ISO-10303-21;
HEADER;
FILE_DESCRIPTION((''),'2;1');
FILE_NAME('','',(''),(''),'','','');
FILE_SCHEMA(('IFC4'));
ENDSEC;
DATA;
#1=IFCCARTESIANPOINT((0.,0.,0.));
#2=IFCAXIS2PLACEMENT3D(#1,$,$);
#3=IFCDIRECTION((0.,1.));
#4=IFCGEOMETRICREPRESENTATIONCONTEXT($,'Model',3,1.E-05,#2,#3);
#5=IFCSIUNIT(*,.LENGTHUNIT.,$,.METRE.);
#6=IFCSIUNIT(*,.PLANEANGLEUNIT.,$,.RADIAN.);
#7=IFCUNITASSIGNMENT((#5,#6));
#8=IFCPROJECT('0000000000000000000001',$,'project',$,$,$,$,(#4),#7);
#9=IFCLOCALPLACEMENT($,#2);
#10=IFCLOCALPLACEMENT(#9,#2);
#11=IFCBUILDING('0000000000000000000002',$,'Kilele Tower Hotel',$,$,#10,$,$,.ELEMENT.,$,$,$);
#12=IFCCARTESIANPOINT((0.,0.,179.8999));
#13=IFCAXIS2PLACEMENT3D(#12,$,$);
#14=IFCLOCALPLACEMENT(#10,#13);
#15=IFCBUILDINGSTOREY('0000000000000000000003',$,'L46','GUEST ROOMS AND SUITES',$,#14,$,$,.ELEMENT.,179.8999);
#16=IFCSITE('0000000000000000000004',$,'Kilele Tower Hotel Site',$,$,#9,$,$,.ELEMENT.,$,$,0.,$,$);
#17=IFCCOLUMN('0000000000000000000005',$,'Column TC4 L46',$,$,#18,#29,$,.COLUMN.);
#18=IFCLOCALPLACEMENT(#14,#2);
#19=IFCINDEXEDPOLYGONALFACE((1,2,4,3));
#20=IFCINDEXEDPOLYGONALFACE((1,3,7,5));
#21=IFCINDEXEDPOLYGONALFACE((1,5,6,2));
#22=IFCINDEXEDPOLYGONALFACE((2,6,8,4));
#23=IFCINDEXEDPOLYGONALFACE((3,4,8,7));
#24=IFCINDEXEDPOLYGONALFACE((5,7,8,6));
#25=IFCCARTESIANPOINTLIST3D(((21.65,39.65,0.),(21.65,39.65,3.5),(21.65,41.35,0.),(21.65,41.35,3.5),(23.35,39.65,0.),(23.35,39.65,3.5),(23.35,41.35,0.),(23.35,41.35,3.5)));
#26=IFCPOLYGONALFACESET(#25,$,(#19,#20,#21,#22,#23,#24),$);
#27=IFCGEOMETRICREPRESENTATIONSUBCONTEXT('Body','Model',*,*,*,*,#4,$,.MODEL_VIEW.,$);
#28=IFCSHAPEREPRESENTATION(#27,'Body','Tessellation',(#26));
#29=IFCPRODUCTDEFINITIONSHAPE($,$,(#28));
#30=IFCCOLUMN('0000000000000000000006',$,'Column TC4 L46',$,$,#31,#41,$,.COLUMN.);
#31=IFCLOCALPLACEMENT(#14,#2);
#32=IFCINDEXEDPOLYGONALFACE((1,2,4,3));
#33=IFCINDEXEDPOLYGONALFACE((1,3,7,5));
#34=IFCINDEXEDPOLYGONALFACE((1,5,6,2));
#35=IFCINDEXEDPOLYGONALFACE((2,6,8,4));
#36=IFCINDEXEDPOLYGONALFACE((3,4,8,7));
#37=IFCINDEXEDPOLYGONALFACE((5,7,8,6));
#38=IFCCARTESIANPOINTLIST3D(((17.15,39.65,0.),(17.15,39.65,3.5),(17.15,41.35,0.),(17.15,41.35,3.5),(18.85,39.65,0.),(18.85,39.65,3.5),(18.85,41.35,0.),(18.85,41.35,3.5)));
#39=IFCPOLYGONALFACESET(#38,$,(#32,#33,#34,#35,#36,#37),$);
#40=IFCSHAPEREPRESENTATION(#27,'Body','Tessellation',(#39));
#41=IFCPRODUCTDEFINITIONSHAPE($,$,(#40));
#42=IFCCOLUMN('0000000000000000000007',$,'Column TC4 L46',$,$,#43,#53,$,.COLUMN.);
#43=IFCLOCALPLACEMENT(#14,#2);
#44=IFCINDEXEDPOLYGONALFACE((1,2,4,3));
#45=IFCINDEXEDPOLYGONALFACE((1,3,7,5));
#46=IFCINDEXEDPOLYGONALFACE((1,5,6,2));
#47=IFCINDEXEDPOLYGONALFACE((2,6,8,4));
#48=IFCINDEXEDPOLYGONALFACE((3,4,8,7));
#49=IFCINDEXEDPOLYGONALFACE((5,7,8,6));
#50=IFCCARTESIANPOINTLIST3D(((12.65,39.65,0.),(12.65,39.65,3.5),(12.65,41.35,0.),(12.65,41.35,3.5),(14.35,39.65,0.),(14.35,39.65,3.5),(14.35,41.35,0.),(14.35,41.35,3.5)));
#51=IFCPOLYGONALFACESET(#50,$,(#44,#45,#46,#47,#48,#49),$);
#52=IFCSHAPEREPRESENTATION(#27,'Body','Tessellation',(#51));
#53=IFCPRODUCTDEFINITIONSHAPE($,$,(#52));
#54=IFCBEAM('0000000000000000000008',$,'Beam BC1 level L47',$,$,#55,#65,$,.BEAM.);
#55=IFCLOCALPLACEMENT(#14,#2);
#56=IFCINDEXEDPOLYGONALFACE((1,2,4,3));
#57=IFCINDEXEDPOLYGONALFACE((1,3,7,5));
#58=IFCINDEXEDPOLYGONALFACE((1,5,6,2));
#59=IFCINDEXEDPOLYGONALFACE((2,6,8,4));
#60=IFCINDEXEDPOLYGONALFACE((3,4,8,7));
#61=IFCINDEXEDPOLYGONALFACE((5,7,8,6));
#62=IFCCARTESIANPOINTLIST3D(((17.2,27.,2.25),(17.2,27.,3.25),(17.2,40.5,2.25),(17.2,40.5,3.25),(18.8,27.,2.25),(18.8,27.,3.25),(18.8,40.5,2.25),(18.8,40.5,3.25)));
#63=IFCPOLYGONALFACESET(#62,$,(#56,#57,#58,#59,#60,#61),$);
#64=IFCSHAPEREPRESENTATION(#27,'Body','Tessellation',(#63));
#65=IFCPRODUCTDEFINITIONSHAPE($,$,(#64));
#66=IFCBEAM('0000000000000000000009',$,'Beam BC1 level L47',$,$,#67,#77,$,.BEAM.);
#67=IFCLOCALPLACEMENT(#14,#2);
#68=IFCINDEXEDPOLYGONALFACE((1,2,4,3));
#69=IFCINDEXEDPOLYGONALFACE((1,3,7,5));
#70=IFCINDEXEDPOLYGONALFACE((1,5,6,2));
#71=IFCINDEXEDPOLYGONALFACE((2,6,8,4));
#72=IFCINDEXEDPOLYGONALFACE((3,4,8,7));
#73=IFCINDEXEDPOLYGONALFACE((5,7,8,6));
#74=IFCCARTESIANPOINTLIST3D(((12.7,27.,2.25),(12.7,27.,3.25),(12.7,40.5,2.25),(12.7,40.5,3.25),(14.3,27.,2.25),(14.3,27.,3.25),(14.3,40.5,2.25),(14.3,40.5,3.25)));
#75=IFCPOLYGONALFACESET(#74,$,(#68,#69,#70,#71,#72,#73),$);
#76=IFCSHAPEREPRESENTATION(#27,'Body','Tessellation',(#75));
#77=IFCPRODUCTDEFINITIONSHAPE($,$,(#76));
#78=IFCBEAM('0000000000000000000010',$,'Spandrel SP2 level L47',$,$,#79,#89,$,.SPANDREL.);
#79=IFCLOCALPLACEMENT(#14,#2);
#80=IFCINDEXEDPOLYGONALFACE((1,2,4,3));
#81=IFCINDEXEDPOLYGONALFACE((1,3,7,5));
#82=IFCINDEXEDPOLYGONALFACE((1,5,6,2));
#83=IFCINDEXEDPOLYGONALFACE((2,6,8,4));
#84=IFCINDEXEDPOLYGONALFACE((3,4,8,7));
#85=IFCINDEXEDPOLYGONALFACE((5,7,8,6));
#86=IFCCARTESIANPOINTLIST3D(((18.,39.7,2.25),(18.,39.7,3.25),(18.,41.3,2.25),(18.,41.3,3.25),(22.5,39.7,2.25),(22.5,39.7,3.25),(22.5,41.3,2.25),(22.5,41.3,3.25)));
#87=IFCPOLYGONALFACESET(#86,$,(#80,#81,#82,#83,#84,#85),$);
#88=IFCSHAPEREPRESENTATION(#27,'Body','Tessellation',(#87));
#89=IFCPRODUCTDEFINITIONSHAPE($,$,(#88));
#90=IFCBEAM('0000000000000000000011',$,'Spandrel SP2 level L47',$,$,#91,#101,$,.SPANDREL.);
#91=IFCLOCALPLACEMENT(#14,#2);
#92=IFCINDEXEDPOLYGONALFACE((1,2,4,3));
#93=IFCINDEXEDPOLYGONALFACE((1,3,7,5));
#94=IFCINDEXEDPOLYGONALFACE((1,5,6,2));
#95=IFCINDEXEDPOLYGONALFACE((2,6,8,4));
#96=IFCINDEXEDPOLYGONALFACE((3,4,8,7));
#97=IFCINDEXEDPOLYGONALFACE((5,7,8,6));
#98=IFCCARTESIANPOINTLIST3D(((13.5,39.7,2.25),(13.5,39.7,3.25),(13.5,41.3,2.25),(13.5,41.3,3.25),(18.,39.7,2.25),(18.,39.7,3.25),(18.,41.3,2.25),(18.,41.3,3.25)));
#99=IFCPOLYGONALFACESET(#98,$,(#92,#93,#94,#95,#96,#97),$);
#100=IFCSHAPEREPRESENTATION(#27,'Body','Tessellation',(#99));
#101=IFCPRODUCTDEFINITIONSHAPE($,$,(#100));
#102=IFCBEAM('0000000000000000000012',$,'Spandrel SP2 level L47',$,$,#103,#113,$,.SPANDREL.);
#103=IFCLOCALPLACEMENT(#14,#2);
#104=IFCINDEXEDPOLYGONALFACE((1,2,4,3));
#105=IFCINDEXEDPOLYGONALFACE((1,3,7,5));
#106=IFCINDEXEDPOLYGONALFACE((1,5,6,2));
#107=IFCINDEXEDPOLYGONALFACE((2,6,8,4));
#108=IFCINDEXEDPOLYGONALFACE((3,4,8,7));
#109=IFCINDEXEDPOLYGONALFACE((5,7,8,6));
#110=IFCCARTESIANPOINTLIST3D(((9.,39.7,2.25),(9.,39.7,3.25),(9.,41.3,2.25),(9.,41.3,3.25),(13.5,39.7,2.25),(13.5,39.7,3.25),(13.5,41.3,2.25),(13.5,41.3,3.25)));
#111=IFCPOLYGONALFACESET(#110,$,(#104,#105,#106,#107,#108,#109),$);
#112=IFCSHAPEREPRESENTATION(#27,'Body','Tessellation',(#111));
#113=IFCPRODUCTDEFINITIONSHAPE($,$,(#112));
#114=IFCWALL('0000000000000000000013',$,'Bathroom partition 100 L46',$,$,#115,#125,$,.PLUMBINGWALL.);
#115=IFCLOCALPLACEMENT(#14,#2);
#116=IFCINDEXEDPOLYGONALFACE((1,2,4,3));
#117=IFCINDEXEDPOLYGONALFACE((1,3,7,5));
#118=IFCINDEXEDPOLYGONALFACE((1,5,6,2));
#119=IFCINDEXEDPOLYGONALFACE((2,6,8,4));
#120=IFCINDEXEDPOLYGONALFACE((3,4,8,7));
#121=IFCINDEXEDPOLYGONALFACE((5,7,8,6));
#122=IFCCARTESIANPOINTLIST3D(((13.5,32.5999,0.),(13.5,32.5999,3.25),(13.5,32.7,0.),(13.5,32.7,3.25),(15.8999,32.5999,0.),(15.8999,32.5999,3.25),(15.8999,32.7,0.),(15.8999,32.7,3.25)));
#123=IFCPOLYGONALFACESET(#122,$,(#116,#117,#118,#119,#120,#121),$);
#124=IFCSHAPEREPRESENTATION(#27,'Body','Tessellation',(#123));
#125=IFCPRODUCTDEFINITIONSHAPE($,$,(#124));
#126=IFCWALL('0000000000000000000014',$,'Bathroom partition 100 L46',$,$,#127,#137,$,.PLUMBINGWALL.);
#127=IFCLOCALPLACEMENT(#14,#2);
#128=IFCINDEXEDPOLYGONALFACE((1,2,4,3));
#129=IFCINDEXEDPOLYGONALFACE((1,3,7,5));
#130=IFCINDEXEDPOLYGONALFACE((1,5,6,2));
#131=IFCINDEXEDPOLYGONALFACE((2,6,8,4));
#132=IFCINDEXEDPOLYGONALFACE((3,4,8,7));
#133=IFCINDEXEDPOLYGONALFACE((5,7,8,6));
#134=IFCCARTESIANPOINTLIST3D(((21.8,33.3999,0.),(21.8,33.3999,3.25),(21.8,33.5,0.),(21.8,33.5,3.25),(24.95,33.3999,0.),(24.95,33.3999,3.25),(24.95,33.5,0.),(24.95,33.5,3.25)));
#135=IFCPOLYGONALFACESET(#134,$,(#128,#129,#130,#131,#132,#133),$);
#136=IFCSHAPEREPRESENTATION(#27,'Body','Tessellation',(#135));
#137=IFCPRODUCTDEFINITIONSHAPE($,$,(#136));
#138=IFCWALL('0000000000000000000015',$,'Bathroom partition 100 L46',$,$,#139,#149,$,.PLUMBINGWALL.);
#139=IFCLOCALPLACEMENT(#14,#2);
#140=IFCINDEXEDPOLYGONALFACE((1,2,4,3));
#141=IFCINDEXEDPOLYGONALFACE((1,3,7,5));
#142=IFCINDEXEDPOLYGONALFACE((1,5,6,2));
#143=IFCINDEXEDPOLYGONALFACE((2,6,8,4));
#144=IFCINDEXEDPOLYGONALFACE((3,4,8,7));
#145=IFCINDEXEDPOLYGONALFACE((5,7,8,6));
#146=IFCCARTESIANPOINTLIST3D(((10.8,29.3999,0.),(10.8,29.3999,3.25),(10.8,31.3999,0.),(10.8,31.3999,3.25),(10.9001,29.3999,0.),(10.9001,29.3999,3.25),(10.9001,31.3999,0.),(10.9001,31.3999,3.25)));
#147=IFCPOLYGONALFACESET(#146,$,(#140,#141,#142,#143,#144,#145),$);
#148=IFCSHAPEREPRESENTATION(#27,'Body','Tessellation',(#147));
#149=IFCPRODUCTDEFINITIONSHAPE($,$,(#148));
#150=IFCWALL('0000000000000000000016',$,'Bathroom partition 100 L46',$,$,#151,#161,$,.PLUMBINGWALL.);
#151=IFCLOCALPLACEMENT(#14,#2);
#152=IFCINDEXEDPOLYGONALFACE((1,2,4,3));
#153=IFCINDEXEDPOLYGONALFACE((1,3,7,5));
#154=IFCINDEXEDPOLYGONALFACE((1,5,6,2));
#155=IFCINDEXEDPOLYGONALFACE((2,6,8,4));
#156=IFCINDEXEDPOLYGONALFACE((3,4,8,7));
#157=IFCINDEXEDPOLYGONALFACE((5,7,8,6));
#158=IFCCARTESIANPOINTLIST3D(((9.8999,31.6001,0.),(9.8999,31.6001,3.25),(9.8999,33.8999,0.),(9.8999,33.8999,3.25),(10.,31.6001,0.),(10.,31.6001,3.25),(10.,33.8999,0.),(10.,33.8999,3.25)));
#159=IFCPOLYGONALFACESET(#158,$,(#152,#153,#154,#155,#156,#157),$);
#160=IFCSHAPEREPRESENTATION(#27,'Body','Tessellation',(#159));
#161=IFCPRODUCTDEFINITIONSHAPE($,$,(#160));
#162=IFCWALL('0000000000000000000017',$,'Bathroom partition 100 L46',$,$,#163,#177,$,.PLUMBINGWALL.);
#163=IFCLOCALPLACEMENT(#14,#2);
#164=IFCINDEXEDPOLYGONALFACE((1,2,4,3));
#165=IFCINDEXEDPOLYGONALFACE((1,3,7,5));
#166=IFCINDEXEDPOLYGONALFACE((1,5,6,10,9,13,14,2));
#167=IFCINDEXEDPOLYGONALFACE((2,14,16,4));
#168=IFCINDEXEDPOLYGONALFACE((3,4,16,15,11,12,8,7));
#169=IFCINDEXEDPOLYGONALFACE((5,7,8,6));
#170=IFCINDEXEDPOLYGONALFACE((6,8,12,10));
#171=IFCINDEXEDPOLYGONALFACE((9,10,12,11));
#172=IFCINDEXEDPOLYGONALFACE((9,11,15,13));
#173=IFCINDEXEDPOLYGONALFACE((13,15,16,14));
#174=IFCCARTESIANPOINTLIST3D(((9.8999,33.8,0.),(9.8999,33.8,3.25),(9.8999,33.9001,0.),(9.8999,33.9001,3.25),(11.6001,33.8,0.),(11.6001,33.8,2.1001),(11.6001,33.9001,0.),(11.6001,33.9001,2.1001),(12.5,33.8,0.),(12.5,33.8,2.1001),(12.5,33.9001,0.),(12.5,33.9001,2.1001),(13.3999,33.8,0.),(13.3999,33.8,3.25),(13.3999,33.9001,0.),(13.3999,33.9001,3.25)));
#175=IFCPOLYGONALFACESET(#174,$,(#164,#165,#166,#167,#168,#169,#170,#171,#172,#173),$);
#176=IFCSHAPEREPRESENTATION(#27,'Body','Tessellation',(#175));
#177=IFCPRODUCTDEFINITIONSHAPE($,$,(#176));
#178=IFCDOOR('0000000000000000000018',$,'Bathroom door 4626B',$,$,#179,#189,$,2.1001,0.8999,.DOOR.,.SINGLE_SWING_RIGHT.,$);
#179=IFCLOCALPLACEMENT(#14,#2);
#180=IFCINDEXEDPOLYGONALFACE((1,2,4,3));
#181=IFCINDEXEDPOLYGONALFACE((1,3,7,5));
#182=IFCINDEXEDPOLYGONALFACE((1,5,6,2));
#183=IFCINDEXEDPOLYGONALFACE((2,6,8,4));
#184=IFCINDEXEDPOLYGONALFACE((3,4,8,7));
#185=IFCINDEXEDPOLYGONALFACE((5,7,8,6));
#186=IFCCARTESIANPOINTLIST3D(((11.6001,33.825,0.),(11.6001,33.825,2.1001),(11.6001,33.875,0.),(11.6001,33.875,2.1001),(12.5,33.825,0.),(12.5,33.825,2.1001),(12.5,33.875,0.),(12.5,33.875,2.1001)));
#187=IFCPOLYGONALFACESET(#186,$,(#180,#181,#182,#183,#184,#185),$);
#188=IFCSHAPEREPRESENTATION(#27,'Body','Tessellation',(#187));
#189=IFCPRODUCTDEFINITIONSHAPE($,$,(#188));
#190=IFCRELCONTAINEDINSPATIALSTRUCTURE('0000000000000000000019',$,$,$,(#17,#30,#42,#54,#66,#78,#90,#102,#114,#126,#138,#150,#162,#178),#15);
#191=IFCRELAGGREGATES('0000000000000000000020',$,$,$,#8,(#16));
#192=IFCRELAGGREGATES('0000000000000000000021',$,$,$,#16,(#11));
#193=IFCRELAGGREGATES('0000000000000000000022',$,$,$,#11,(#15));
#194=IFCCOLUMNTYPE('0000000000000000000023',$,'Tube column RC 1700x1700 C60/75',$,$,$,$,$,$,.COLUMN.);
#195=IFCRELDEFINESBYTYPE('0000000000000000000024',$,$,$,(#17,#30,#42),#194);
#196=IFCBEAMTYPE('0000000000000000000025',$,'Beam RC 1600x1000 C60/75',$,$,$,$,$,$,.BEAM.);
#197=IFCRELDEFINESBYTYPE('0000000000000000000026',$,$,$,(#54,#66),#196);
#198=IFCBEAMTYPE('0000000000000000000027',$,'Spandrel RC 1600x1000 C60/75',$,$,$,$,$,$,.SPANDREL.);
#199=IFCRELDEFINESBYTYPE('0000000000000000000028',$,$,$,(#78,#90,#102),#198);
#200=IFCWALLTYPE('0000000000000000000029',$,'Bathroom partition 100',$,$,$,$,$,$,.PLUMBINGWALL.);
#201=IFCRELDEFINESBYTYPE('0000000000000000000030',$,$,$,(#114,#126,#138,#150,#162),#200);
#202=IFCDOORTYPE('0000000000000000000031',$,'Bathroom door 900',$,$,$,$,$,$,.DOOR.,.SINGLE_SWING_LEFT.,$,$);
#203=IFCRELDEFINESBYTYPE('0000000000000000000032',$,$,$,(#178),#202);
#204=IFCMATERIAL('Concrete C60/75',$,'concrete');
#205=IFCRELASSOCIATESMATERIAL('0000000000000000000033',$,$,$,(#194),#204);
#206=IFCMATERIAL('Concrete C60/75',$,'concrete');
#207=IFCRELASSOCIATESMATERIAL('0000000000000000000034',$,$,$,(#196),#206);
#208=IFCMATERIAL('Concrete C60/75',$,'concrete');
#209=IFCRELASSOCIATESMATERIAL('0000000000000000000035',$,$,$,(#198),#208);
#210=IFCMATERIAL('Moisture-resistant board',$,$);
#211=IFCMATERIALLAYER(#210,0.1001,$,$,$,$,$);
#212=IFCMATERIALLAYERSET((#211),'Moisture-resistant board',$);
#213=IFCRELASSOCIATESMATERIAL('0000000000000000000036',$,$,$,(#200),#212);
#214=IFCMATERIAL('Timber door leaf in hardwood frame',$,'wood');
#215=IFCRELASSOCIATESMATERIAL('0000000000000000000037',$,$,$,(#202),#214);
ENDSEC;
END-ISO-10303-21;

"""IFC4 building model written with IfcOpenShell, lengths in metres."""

from ifc_helpers import new_model, si_unit, direction, frame, frame_2d, origin, origin_2d, place, context, subcontext, project, spatial, rectangle, extrude, material, layer, layer_set, material_profile, profile_set, type_object, element, fill, save


model = new_model("IFC4")

# Units and contexts
model_context = context("Model", 3, precision=1e-05, world=origin(), true_north=direction((0.0, 1.0)))
body_context = subcontext(model_context, "Body", "Model", "MODEL_VIEW")
ifc_project = project(units=[si_unit("LENGTHUNIT", "METRE"), si_unit("PLANEANGLEUNIT", "RADIAN")], contexts=[model_context])

# Site, building, storey
site_placement = place(None, origin())
site = spatial("IfcSite", under=ifc_project, at=site_placement, Name="Kilele Tower Hotel Site", CompositionType="ELEMENT", RefElevation=0.0)
building_placement = place(site_placement, origin())
building = spatial("IfcBuilding", under=site, at=building_placement, Name="Kilele Tower Hotel", CompositionType="ELEMENT")
storey_placement = place(building_placement, frame((0.0, 0.0, 179.8999)))
storey = spatial("IfcBuildingStorey", under=building, at=storey_placement, Name="L46", Description="GUEST ROOMS AND SUITES", CompositionType="ELEMENT", Elevation=179.8999)

# Columns
ifc_material_1 = material(Name="Concrete C60/75", Category="concrete")
ifc_material_profile_1 = material_profile(ifc_material_1, rectangle(XDim=1.7, YDim=1.7, at=origin_2d()))
ifc_profile_set_1 = profile_set([ifc_material_profile_1], Name="Concrete C60/75")
column_type = type_object("IfcColumnType", Name="Tube column RC 1700x1700 C60/75", PredefinedType="COLUMN", material=ifc_profile_set_1)
for number, where, z_axis, x_axis, name in (
    (1, (22.5, 40.5, 0.0), (0.0, 0.0, 1.0), (1.0, 0.0, 0.0), "Column TC4 L46"),
    (2, (18.0, 40.5, 0.0), (0.0, 0.0, 1.0), (1.0, 0.0, 0.0), "Column TC4 L46"),
    (3, (13.5, 40.5, 0.0), (0.0, 0.0, 1.0), (1.0, 0.0, 0.0), "Column TC4 L46"),
):
    element("IfcColumn", number, at=place(storey_placement, frame(where, z_axis=z_axis, x_axis=x_axis)), inside=storey, type_object=column_type, Name=name, PredefinedType="COLUMN", context=body_context, shape_type="SweptSolid", body=[
        extrude(rectangle(XDim=1.7, YDim=1.7, at=origin_2d()), origin(), (0.0, 0.0, 1.0), 3.5),
    ])

# Beams
ifc_material_2 = material(Name="Concrete C60/75", Category="concrete")
ifc_material_profile_2 = material_profile(ifc_material_2, rectangle(XDim=1.6001, YDim=1.0, at=origin_2d()))
ifc_profile_set_2 = profile_set([ifc_material_profile_2], Name="Concrete C60/75")
beam_type_1 = type_object("IfcBeamType", Name="Beam RC 1600x1000 C60/75", PredefinedType="BEAM", material=ifc_profile_set_2)
for number, where, z_axis, x_axis, name in (
    (4, (18.0, 40.5, 2.75), (0.0, -1.0, 0.0), (1.0, 0.0, 0.0), "Beam BC1 level L47"),
    (5, (13.5, 40.5, 2.75), (0.0, -1.0, 0.0), (1.0, 0.0, 0.0), "Beam BC1 level L47"),
):
    element("IfcBeam", number, at=place(storey_placement, frame(where, z_axis=z_axis, x_axis=x_axis)), inside=storey, type_object=beam_type_1, Name=name, PredefinedType="BEAM", context=body_context, shape_type="SweptSolid", body=[
        extrude(rectangle(XDim=1.6001, YDim=1.0, at=origin_2d()), origin(), (0.0, 0.0, 1.0), 13.5),
    ])
ifc_material_3 = material(Name="Concrete C60/75", Category="concrete")
ifc_material_profile_3 = material_profile(ifc_material_3, rectangle(XDim=1.6001, YDim=1.0, at=origin_2d()))
ifc_profile_set_3 = profile_set([ifc_material_profile_3], Name="Concrete C60/75")
beam_type_2 = type_object("IfcBeamType", Name="Spandrel RC 1600x1000 C60/75", PredefinedType="SPANDREL", material=ifc_profile_set_3)
for number, where, z_axis, x_axis, name in (
    (6, (22.5, 40.5, 2.75), (-1.0, 0.0, 0.0), (0.0, -1.0, 0.0), "Spandrel SP2 level L47"),
    (7, (18.0, 40.5, 2.75), (-1.0, 0.0, 0.0), (0.0, -1.0, 0.0), "Spandrel SP2 level L47"),
    (8, (13.5, 40.5, 2.75), (-1.0, 0.0, 0.0), (0.0, -1.0, 0.0), "Spandrel SP2 level L47"),
):
    element("IfcBeam", number, at=place(storey_placement, frame(where, z_axis=z_axis, x_axis=x_axis)), inside=storey, type_object=beam_type_2, Name=name, PredefinedType="SPANDREL", context=body_context, shape_type="SweptSolid", body=[
        extrude(rectangle(XDim=1.6001, YDim=1.0, at=origin_2d()), origin(), (0.0, 0.0, 1.0), 4.5),
    ])

# Walls
ifc_material_4 = material(Name="Moisture-resistant board")
ifc_layer_1 = layer(ifc_material_4, 0.1001)
ifc_layer_set_1 = layer_set([ifc_layer_1], Name="Moisture-resistant board")
wall_type_1 = type_object("IfcWallType", Name="Bathroom partition 100", PredefinedType="PLUMBINGWALL", material=ifc_layer_set_1)
wall_1_placement = place(storey_placement, frame((13.5, 32.6499, 0.0), z_axis=(0.0, 0.0, 1.0), x_axis=(1.0, 0.0, 0.0)))
element("IfcWall", 9, at=wall_1_placement, inside=storey, type_object=wall_type_1, Name="Bathroom partition 100 L46", PredefinedType="PLUMBINGWALL", context=body_context, shape_type="SweptSolid", body=[
    extrude(rectangle(XDim=2.3999, YDim=0.1001, at=frame_2d((1.2, 0.0))), origin(), (0.0, 0.0, 1.0), 3.25),
])
wall_2_placement = place(storey_placement, frame((21.8, 33.45, 0.0), z_axis=(0.0, 0.0, 1.0), x_axis=(1.0, 0.0, 0.0)))
element("IfcWall", 10, at=wall_2_placement, inside=storey, type_object=wall_type_1, Name="Bathroom partition 100 L46", PredefinedType="PLUMBINGWALL", context=body_context, shape_type="SweptSolid", body=[
    extrude(rectangle(XDim=3.1499, YDim=0.1001, at=frame_2d((1.575, 0.0))), origin(), (0.0, 0.0, 1.0), 3.25),
])
wall_3_placement = place(storey_placement, frame((10.8501, 31.3999, 0.0), z_axis=(0.0, 0.0, 1.0), x_axis=(0.0, -1.0, 0.0)))
element("IfcWall", 11, at=wall_3_placement, inside=storey, type_object=wall_type_1, Name="Bathroom partition 100 L46", PredefinedType="PLUMBINGWALL", context=body_context, shape_type="SweptSolid", body=[
    extrude(rectangle(XDim=2.0, YDim=0.1001, at=frame_2d((1.0, 0.0))), origin(), (0.0, 0.0, 1.0), 3.25),
])
wall_4_placement = place(storey_placement, frame((9.95, 31.6001, 0.0), z_axis=(0.0, 0.0, 1.0), x_axis=(0.0, 1.0, 0.0)))
element("IfcWall", 12, at=wall_4_placement, inside=storey, type_object=wall_type_1, Name="Bathroom partition 100 L46", PredefinedType="PLUMBINGWALL", context=body_context, shape_type="SweptSolid", body=[
    extrude(rectangle(XDim=2.2998, YDim=0.1001, at=frame_2d((1.1499, 0.0))), origin(), (0.0, 0.0, 1.0), 3.25),
])

# Wall, opening, door
wall_5_placement = place(storey_placement, frame((13.3999, 33.8501, 0.0), z_axis=(0.0, 0.0, 1.0), x_axis=(-1.0, 0.0, 0.0)))
wall_5 = element("IfcWall", 13, at=wall_5_placement, inside=storey, type_object=wall_type_1, Name="Bathroom partition 100 L46", PredefinedType="PLUMBINGWALL", context=body_context, shape_type="SweptSolid", body=[
    extrude(rectangle(XDim=3.5, YDim=0.1001, at=frame_2d((1.75, 0.0))), origin(), (0.0, 0.0, 1.0), 3.25),
])
opening_1_placement = place(wall_5_placement, frame((1.7998, 0.0, 0.0), z_axis=(0.0, 0.0, 1.0), x_axis=(-1.0, 0.0, 0.0)))
opening_1 = element("IfcOpeningElement", 14, at=opening_1_placement, cuts=wall_5, PredefinedType="OPENING", context=body_context, shape_type="SweptSolid", body=[
    extrude(rectangle(XDim=0.8999, YDim=2.1001, at=frame_2d((0.45, 1.05))), frame((0.0, 0.0601, 0.0), z_axis=(0.0, -1.0, 0.0), x_axis=(1.0, 0.0, 0.0)), (0.0, 0.0, 1.0), 0.1201),
])
ifc_material_5 = material(Name="Timber door leaf in hardwood frame", Category="wood")
door_type_1 = type_object("IfcDoorType", Name="Bathroom door 900", OperationType="SINGLE_SWING_LEFT", PredefinedType="DOOR", material=ifc_material_5)
door_1_placement = place(opening_1_placement, origin())
door_1 = element("IfcDoor", 15, at=door_1_placement, inside=storey, type_object=door_type_1, Name="Bathroom door 4626B", OperationType="SINGLE_SWING_RIGHT", OverallHeight=2.1001, OverallWidth=0.8999, PredefinedType="DOOR", context=body_context, shape_type="SweptSolid", body=[
    extrude(rectangle(XDim=0.8999, YDim=2.1001, at=frame_2d((0.45, 1.05))), frame((0.0, 0.0249, 0.0), z_axis=(0.0, -1.0, 0.0), x_axis=(1.0, 0.0, 0.0)), (0.0, 0.0, 1.0), 0.05),
])
fill(opening_1, door_1)

save(model, "model.ifc")
